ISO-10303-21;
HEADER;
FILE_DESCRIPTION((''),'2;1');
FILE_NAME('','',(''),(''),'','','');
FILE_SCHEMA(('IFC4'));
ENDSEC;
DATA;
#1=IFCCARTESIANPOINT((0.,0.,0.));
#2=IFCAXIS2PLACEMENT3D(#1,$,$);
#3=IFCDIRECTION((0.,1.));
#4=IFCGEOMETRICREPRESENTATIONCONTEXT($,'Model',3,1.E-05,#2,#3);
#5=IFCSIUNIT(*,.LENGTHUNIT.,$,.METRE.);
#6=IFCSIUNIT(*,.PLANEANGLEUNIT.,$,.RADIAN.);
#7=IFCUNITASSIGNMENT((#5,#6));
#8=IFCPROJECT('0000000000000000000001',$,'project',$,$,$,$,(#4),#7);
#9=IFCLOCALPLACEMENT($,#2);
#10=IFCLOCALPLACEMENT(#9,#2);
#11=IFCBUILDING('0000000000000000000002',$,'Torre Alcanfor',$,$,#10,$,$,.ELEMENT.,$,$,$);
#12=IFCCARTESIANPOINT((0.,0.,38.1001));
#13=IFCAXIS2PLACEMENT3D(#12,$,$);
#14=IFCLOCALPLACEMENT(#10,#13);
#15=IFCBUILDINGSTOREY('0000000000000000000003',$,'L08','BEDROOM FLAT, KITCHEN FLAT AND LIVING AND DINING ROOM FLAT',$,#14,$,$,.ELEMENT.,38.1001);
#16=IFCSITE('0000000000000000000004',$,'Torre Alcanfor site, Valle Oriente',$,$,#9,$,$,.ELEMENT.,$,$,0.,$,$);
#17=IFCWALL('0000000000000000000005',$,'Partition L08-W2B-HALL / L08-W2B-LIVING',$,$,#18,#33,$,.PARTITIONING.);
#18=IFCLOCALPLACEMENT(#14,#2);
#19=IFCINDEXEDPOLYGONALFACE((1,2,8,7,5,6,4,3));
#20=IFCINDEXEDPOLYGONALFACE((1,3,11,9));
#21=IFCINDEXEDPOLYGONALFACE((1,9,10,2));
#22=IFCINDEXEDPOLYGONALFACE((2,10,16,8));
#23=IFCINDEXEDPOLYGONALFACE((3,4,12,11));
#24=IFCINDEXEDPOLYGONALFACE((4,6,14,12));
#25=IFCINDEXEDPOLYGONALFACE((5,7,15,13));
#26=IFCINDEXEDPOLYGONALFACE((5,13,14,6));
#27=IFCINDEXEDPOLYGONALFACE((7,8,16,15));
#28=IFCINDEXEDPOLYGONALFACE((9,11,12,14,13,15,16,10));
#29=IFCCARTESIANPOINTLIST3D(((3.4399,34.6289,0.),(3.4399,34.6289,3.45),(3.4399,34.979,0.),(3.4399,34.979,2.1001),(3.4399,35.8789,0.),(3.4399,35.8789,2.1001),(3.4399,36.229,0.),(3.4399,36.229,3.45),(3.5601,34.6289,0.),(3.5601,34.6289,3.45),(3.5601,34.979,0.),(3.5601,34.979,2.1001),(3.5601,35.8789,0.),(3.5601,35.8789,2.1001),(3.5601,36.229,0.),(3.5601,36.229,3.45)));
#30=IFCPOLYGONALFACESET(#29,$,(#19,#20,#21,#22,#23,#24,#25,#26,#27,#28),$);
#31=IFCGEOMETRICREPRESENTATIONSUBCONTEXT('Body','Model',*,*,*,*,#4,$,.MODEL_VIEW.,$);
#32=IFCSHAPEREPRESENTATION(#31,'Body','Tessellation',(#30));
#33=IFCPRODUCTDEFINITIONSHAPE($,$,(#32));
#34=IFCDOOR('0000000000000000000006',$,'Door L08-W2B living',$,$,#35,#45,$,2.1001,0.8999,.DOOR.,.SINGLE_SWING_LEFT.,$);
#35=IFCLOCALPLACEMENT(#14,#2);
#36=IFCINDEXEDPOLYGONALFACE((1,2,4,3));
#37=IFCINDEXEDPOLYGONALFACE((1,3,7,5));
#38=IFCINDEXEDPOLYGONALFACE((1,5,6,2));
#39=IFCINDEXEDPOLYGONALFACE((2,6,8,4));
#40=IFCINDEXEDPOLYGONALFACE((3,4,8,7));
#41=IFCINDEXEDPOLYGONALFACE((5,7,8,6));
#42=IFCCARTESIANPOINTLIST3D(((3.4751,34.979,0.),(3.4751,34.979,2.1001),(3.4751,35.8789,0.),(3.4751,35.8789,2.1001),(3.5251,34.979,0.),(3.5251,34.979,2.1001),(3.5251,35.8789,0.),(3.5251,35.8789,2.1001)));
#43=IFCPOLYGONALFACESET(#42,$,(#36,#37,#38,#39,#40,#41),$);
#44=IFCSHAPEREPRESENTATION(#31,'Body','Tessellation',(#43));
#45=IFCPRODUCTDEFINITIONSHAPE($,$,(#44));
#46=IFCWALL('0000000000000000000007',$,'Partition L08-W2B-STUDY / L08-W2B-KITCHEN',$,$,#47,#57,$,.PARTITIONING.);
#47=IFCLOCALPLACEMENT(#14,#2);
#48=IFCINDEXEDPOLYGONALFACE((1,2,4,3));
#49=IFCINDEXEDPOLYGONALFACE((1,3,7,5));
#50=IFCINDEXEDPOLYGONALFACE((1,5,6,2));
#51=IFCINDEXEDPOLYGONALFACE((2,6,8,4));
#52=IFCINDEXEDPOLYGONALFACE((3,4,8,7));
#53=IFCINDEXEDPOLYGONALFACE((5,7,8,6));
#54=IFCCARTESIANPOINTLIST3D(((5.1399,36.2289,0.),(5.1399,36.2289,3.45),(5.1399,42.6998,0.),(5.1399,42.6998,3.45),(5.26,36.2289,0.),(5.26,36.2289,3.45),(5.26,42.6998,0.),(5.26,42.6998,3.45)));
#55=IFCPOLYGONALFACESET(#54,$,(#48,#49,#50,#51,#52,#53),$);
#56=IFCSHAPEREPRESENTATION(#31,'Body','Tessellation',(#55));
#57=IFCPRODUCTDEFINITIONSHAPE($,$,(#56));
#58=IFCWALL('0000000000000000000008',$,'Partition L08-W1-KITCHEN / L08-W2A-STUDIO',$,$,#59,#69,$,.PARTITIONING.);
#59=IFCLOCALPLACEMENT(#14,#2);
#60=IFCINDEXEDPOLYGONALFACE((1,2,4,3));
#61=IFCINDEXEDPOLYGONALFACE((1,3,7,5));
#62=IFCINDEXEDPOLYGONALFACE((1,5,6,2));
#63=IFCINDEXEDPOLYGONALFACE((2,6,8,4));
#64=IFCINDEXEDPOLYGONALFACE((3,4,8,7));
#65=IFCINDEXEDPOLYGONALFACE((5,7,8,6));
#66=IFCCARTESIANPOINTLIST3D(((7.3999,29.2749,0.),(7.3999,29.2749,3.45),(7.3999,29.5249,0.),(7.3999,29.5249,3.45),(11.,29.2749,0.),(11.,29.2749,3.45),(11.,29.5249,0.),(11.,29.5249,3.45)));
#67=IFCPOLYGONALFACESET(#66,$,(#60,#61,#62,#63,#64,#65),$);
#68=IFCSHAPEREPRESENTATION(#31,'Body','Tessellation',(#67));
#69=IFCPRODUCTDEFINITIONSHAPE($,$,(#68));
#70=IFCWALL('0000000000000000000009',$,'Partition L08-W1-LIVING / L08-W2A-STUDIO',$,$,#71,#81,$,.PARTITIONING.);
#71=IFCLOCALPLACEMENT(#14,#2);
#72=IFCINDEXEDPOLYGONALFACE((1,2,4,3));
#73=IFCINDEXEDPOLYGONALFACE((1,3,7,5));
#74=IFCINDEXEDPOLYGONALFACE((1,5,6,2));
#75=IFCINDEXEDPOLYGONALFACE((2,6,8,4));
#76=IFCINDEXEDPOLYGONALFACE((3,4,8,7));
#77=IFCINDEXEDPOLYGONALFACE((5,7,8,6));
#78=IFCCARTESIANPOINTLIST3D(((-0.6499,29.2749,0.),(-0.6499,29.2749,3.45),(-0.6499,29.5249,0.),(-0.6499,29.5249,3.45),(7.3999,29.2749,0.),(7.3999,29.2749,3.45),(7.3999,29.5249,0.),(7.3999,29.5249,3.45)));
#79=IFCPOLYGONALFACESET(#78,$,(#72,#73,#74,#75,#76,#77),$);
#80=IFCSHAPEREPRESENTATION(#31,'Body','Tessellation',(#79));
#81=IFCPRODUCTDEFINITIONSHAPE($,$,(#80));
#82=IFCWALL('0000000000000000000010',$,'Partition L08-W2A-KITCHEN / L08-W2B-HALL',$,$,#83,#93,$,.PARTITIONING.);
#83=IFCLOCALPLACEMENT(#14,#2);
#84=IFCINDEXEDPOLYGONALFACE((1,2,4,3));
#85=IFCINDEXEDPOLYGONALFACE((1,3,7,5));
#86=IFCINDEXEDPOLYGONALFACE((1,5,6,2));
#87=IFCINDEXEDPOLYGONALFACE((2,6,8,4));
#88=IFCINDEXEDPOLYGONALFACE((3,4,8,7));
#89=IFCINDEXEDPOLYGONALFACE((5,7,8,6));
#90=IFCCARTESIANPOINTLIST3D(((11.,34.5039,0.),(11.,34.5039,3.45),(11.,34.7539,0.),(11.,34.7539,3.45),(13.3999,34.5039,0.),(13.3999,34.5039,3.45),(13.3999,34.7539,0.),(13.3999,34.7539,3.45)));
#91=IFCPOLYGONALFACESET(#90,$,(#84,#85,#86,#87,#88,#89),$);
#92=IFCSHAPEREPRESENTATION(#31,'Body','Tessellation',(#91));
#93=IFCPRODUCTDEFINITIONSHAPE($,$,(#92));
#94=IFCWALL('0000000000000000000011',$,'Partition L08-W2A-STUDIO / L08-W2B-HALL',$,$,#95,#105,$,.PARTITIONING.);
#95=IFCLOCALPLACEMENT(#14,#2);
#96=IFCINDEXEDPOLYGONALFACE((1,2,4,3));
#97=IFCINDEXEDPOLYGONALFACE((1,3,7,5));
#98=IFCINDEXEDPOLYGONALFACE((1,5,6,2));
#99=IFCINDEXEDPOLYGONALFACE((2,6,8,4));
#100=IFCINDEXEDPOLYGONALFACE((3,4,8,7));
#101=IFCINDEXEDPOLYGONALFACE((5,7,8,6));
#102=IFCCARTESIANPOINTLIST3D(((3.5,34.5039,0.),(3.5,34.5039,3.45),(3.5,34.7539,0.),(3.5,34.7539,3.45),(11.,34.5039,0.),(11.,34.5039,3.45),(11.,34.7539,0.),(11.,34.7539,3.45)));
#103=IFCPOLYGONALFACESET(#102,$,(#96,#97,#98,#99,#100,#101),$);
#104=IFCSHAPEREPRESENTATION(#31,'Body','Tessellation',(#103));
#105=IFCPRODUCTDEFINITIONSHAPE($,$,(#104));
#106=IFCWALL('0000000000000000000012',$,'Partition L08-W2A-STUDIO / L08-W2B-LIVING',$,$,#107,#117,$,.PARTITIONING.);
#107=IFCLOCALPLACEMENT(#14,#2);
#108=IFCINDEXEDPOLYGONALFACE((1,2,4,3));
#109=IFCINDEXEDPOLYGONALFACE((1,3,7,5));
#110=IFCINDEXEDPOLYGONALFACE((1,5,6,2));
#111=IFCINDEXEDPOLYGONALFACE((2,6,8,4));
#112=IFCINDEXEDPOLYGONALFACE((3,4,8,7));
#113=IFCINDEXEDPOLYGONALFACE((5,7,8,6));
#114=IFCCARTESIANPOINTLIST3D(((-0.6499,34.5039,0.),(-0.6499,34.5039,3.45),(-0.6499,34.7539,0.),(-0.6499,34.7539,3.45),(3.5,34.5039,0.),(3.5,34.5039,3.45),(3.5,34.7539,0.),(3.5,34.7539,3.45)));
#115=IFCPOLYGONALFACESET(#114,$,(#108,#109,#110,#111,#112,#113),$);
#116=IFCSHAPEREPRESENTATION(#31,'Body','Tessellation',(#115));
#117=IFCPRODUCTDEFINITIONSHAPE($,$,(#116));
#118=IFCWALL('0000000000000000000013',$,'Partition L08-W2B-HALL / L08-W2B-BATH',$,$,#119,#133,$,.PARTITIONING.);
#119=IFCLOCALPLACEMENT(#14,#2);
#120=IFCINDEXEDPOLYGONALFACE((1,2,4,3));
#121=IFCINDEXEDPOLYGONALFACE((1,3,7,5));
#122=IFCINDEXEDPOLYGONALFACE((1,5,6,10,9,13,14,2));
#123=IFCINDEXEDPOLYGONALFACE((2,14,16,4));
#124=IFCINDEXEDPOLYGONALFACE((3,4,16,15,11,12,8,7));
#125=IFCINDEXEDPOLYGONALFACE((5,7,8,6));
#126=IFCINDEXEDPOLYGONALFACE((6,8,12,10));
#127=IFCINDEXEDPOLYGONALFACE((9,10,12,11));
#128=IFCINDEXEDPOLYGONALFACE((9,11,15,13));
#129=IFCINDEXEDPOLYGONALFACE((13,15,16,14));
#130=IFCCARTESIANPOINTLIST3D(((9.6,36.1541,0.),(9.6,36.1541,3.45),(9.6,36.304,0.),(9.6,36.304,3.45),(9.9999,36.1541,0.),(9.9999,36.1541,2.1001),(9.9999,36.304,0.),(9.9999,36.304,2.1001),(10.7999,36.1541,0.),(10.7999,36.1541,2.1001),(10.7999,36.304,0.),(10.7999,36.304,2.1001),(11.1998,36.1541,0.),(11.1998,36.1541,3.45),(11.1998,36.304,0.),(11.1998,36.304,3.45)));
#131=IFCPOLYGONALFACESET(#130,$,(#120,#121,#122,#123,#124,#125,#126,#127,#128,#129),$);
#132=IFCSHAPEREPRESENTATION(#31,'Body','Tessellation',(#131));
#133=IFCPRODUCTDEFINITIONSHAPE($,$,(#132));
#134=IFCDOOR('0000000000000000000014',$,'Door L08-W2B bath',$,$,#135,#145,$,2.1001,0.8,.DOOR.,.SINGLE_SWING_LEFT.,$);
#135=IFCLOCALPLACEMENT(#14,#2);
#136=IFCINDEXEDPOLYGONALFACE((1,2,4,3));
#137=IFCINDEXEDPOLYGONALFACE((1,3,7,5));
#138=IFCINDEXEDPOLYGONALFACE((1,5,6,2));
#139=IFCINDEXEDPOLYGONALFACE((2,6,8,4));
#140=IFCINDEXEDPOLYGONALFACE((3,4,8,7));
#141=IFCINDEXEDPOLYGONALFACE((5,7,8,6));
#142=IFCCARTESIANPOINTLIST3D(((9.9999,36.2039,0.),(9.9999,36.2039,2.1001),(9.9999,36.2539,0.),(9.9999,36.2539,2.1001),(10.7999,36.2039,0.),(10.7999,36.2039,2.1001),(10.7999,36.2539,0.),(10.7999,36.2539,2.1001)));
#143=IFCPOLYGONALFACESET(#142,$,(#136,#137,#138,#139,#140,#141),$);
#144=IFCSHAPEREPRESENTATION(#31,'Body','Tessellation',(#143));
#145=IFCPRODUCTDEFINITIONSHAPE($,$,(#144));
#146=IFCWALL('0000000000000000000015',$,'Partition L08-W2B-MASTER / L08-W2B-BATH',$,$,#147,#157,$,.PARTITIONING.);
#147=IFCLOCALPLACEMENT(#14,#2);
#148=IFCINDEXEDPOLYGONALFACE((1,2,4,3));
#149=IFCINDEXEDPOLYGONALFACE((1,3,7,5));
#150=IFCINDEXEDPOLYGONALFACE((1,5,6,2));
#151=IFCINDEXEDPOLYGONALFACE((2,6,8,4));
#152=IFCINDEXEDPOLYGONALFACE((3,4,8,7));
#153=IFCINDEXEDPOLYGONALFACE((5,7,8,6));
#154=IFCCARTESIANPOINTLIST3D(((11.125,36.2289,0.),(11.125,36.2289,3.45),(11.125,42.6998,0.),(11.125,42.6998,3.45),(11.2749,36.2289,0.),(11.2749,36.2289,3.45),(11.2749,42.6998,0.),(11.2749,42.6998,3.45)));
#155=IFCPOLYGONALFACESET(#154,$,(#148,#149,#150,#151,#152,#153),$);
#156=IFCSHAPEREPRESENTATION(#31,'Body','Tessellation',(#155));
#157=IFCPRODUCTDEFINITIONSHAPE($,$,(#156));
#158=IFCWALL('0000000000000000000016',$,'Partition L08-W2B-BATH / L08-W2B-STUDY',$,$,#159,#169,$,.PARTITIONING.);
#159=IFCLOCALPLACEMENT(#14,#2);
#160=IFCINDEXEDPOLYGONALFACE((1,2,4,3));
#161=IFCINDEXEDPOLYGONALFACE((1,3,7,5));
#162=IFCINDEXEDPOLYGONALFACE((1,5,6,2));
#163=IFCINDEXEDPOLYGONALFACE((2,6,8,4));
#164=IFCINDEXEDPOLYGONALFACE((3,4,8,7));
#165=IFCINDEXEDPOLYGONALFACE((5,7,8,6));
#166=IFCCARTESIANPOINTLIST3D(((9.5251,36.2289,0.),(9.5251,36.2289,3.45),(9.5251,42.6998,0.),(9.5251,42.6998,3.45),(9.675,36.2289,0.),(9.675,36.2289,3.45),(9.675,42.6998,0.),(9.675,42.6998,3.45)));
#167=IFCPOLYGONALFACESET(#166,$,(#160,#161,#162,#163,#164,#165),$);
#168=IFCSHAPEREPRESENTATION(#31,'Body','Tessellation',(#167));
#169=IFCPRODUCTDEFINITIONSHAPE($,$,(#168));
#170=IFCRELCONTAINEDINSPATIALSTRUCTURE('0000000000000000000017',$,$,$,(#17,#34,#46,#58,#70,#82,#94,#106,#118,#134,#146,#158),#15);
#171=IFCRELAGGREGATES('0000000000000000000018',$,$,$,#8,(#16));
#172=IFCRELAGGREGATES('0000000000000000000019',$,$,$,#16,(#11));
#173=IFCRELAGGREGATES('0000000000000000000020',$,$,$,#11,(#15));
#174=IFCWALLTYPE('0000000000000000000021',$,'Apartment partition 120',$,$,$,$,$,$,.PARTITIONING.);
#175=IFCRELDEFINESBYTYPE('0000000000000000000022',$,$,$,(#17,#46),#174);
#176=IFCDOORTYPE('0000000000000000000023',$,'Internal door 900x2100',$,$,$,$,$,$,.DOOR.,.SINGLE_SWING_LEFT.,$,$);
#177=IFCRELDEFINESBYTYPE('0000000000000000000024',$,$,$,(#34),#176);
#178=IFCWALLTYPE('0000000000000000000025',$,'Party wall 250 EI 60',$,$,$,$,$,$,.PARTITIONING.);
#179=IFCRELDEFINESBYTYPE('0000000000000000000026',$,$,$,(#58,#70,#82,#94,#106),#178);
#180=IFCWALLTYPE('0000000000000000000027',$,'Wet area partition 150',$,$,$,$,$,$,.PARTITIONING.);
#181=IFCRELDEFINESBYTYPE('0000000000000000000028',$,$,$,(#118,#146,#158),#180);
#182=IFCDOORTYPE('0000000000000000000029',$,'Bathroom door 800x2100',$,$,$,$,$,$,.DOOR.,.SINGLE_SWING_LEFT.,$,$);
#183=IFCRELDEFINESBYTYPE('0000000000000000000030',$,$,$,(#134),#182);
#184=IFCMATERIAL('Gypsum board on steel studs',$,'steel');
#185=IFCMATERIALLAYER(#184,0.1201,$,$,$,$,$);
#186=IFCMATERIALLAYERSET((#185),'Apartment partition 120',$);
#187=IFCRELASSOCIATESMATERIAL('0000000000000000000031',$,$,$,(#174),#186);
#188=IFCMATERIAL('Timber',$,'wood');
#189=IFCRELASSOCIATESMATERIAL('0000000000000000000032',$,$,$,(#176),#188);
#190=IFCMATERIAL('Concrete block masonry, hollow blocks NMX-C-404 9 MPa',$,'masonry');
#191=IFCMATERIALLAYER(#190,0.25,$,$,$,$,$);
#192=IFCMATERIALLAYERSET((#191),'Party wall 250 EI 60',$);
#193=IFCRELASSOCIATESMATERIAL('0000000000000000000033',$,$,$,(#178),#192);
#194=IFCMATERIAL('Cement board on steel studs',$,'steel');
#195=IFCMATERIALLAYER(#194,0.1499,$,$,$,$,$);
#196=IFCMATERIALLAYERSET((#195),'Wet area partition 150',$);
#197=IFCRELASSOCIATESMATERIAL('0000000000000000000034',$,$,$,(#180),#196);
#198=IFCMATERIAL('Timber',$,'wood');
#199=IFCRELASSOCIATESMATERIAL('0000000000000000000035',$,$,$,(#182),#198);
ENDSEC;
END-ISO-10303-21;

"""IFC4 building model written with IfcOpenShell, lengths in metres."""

from ifc_helpers import new_model, si_unit, direction, frame, frame_2d, origin, place, context, subcontext, project, spatial, rectangle, extrude, material, layer, layer_set, type_object, element, fill, save


model = new_model("IFC4")

# Units and contexts
model_context = context("Model", 3, precision=1e-05, world=origin(), true_north=direction((0.0, 1.0)))
body_context = subcontext(model_context, "Body", "Model", "MODEL_VIEW")
ifc_project = project(units=[si_unit("LENGTHUNIT", "METRE"), si_unit("PLANEANGLEUNIT", "RADIAN")], contexts=[model_context])

# Site, building, storey
site_placement = place(None, origin())
site = spatial("IfcSite", under=ifc_project, at=site_placement, Name="Torre Alcanfor site, Valle Oriente", CompositionType="ELEMENT", RefElevation=0.0)
building_placement = place(site_placement, origin())
building = spatial("IfcBuilding", under=site, at=building_placement, Name="Torre Alcanfor", CompositionType="ELEMENT")
storey_placement = place(building_placement, frame((0.0, 0.0, 38.1001)))
storey = spatial("IfcBuildingStorey", under=building, at=storey_placement, Name="L08", Description="BEDROOM FLAT, KITCHEN FLAT AND LIVING AND DINING ROOM FLAT", CompositionType="ELEMENT", Elevation=38.1001)

# Shared definitions
ifc_material_1 = material(Name="Gypsum board on steel studs", Category="steel")
ifc_layer_1 = layer(ifc_material_1, 0.1201)
ifc_layer_set_1 = layer_set([ifc_layer_1], Name="Apartment partition 120")
wall_type_1 = type_object("IfcWallType", Name="Apartment partition 120", PredefinedType="PARTITIONING", material=ifc_layer_set_1)
ifc_material_2 = material(Name="Timber", Category="wood")
door_type_1 = type_object("IfcDoorType", Name="Internal door 900x2100", OperationType="SINGLE_SWING_LEFT", PredefinedType="DOOR", material=ifc_material_2)

# Wall, opening, door
wall_1_placement = place(storey_placement, frame((3.5, 34.6289, 0.0), z_axis=(0.0, 0.0, 1.0), x_axis=(0.0, 1.0, 0.0)))
wall_1 = element("IfcWall", 1, at=wall_1_placement, inside=storey, type_object=wall_type_1, Name="Partition L08-W2B-HALL / L08-W2B-LIVING", PredefinedType="PARTITIONING", context=body_context, shape_type="SweptSolid", body=[
    extrude(rectangle(XDim=1.6001, YDim=0.1201, at=frame_2d((0.8, 0.0))), origin(), (0.0, 0.0, 1.0), 3.45),
])
opening_1_placement = place(wall_1_placement, frame((0.3501, 0.0, 0.0)))
opening_1 = element("IfcOpeningElement", 2, at=opening_1_placement, cuts=wall_1, PredefinedType="OPENING", context=body_context, shape_type="SweptSolid", body=[
    extrude(rectangle(XDim=0.8999, YDim=2.1001, at=frame_2d((0.45, 1.05))), frame((0.0, 0.0701, 0.0), z_axis=(0.0, -1.0, 0.0), x_axis=(1.0, 0.0, 0.0)), (0.0, 0.0, 1.0), 0.1401),
])
door_1_placement = place(opening_1_placement, origin())
door_1 = element("IfcDoor", 3, at=door_1_placement, inside=storey, type_object=door_type_1, Name="Door L08-W2B living", OperationType="SINGLE_SWING_LEFT", OverallHeight=2.1001, OverallWidth=0.8999, PredefinedType="DOOR", context=body_context, shape_type="SweptSolid", body=[
    extrude(rectangle(XDim=0.8999, YDim=2.1001, at=frame_2d((0.45, 1.05))), frame((0.0, 0.0249, 0.0), z_axis=(0.0, -1.0, 0.0), x_axis=(1.0, 0.0, 0.0)), (0.0, 0.0, 1.0), 0.05),
])
fill(opening_1, door_1)

# Walls
wall_2_placement = place(storey_placement, frame((5.2, 36.229, 0.0), z_axis=(0.0, 0.0, 1.0), x_axis=(0.0, 1.0, 0.0)))
element("IfcWall", 4, at=wall_2_placement, inside=storey, type_object=wall_type_1, Name="Partition L08-W2B-STUDY / L08-W2B-KITCHEN", PredefinedType="PARTITIONING", context=body_context, shape_type="SweptSolid", body=[
    extrude(rectangle(XDim=6.4709, YDim=0.1201, at=frame_2d((3.2354, 0.0))), origin(), (0.0, 0.0, 1.0), 3.45),
])
ifc_material_3 = material(Name="Concrete block masonry, hollow blocks NMX-C-404 9 MPa", Category="masonry")
ifc_layer_2 = layer(ifc_material_3, 0.25)
ifc_layer_set_2 = layer_set([ifc_layer_2], Name="Party wall 250 EI 60")
wall_type_2 = type_object("IfcWallType", Name="Party wall 250 EI 60", PredefinedType="PARTITIONING", material=ifc_layer_set_2)
wall_3_placement = place(storey_placement, frame((11.0, 29.3999, 0.0), z_axis=(0.0, 0.0, 1.0), x_axis=(-1.0, 0.0, 0.0)))
element("IfcWall", 5, at=wall_3_placement, inside=storey, type_object=wall_type_2, Name="Partition L08-W1-KITCHEN / L08-W2A-STUDIO", PredefinedType="PARTITIONING", context=body_context, shape_type="SweptSolid", body=[
    extrude(rectangle(XDim=3.6001, YDim=0.25, at=frame_2d((1.8, 0.0))), origin(), (0.0, 0.0, 1.0), 3.45),
])
wall_4_placement = place(storey_placement, frame((7.3999, 29.3999, 0.0), z_axis=(0.0, 0.0, 1.0), x_axis=(-1.0, 0.0, 0.0)))
element("IfcWall", 6, at=wall_4_placement, inside=storey, type_object=wall_type_2, Name="Partition L08-W1-LIVING / L08-W2A-STUDIO", PredefinedType="PARTITIONING", context=body_context, shape_type="SweptSolid", body=[
    extrude(rectangle(XDim=8.0498, YDim=0.25, at=frame_2d((4.0249, 0.0))), origin(), (0.0, 0.0, 1.0), 3.45),
])
wall_5_placement = place(storey_placement, frame((11.0, 34.6289, 0.0), z_axis=(0.0, 0.0, 1.0), x_axis=(1.0, 0.0, 0.0)))
element("IfcWall", 7, at=wall_5_placement, inside=storey, type_object=wall_type_2, Name="Partition L08-W2A-KITCHEN / L08-W2B-HALL", PredefinedType="PARTITIONING", context=body_context, shape_type="SweptSolid", body=[
    extrude(rectangle(XDim=2.3999, YDim=0.25, at=frame_2d((1.2, 0.0))), origin(), (0.0, 0.0, 1.0), 3.45),
])
wall_6_placement = place(storey_placement, frame((3.5, 34.6289, 0.0), z_axis=(0.0, 0.0, 1.0), x_axis=(1.0, 0.0, 0.0)))
element("IfcWall", 8, at=wall_6_placement, inside=storey, type_object=wall_type_2, Name="Partition L08-W2A-STUDIO / L08-W2B-HALL", PredefinedType="PARTITIONING", context=body_context, shape_type="SweptSolid", body=[
    extrude(rectangle(XDim=7.5, YDim=0.25, at=frame_2d((3.75, 0.0))), origin(), (0.0, 0.0, 1.0), 3.45),
])
wall_7_placement = place(storey_placement, frame((-0.6499, 34.6289, 0.0), z_axis=(0.0, 0.0, 1.0), x_axis=(1.0, 0.0, 0.0)))
element("IfcWall", 9, at=wall_7_placement, inside=storey, type_object=wall_type_2, Name="Partition L08-W2A-STUDIO / L08-W2B-LIVING", PredefinedType="PARTITIONING", context=body_context, shape_type="SweptSolid", body=[
    extrude(rectangle(XDim=4.1499, YDim=0.25, at=frame_2d((2.075, 0.0))), origin(), (0.0, 0.0, 1.0), 3.45),
])

# Wall, opening, door
ifc_material_4 = material(Name="Cement board on steel studs", Category="steel")
ifc_layer_3 = layer(ifc_material_4, 0.1499)
ifc_layer_set_3 = layer_set([ifc_layer_3], Name="Wet area partition 150")
wall_type_3 = type_object("IfcWallType", Name="Wet area partition 150", PredefinedType="PARTITIONING", material=ifc_layer_set_3)
wall_8_placement = place(storey_placement, frame((9.6001, 36.229, 0.0), z_axis=(0.0, 0.0, 1.0), x_axis=(1.0, 0.0, 0.0)))
wall_8 = element("IfcWall", 10, at=wall_8_placement, inside=storey, type_object=wall_type_3, Name="Partition L08-W2B-HALL / L08-W2B-BATH", PredefinedType="PARTITIONING", context=body_context, shape_type="SweptSolid", body=[
    extrude(rectangle(XDim=1.5999, YDim=0.1499, at=frame_2d((0.7998, 0.0))), origin(), (0.0, 0.0, 1.0), 3.45),
])
opening_2_placement = place(wall_8_placement, frame((0.3999, 0.0, 0.0)))
opening_2 = element("IfcOpeningElement", 11, at=opening_2_placement, cuts=wall_8, PredefinedType="OPENING", context=body_context, shape_type="SweptSolid", body=[
    extrude(rectangle(XDim=0.8, YDim=2.1001, at=frame_2d((0.3999, 1.05))), frame((0.0, 0.085, 0.0), z_axis=(0.0, -1.0, 0.0), x_axis=(1.0, 0.0, 0.0)), (0.0, 0.0, 1.0), 0.1699),
])
ifc_material_5 = material(Name="Timber", Category="wood")
door_type_2 = type_object("IfcDoorType", Name="Bathroom door 800x2100", OperationType="SINGLE_SWING_LEFT", PredefinedType="DOOR", material=ifc_material_5)
door_2_placement = place(opening_2_placement, origin())
door_2 = element("IfcDoor", 12, at=door_2_placement, inside=storey, type_object=door_type_2, Name="Door L08-W2B bath", OperationType="SINGLE_SWING_LEFT", OverallHeight=2.1001, OverallWidth=0.8, PredefinedType="DOOR", context=body_context, shape_type="SweptSolid", body=[
    extrude(rectangle(XDim=0.8, YDim=2.1001, at=frame_2d((0.3999, 1.05))), frame((0.0, 0.0249, 0.0), z_axis=(0.0, -1.0, 0.0), x_axis=(1.0, 0.0, 0.0)), (0.0, 0.0, 1.0), 0.05),
])
fill(opening_2, door_2)

# Walls
for number, where, z_axis, x_axis, name in (
    (13, (11.2, 36.229, 0.0), (0.0, 0.0, 1.0), (0.0, 1.0, 0.0), "Partition L08-W2B-MASTER / L08-W2B-BATH"),
    (14, (9.6001, 36.229, 0.0), (0.0, 0.0, 1.0), (0.0, 1.0, 0.0), "Partition L08-W2B-BATH / L08-W2B-STUDY"),
):
    element("IfcWall", number, at=place(storey_placement, frame(where, z_axis=z_axis, x_axis=x_axis)), inside=storey, type_object=wall_type_3, Name=name, PredefinedType="PARTITIONING", context=body_context, shape_type="SweptSolid", body=[
        extrude(rectangle(XDim=6.4709, YDim=0.1499, at=frame_2d((3.2354, 0.0))), origin(), (0.0, 0.0, 1.0), 3.45),
    ])

save(model, "model.ifc")
